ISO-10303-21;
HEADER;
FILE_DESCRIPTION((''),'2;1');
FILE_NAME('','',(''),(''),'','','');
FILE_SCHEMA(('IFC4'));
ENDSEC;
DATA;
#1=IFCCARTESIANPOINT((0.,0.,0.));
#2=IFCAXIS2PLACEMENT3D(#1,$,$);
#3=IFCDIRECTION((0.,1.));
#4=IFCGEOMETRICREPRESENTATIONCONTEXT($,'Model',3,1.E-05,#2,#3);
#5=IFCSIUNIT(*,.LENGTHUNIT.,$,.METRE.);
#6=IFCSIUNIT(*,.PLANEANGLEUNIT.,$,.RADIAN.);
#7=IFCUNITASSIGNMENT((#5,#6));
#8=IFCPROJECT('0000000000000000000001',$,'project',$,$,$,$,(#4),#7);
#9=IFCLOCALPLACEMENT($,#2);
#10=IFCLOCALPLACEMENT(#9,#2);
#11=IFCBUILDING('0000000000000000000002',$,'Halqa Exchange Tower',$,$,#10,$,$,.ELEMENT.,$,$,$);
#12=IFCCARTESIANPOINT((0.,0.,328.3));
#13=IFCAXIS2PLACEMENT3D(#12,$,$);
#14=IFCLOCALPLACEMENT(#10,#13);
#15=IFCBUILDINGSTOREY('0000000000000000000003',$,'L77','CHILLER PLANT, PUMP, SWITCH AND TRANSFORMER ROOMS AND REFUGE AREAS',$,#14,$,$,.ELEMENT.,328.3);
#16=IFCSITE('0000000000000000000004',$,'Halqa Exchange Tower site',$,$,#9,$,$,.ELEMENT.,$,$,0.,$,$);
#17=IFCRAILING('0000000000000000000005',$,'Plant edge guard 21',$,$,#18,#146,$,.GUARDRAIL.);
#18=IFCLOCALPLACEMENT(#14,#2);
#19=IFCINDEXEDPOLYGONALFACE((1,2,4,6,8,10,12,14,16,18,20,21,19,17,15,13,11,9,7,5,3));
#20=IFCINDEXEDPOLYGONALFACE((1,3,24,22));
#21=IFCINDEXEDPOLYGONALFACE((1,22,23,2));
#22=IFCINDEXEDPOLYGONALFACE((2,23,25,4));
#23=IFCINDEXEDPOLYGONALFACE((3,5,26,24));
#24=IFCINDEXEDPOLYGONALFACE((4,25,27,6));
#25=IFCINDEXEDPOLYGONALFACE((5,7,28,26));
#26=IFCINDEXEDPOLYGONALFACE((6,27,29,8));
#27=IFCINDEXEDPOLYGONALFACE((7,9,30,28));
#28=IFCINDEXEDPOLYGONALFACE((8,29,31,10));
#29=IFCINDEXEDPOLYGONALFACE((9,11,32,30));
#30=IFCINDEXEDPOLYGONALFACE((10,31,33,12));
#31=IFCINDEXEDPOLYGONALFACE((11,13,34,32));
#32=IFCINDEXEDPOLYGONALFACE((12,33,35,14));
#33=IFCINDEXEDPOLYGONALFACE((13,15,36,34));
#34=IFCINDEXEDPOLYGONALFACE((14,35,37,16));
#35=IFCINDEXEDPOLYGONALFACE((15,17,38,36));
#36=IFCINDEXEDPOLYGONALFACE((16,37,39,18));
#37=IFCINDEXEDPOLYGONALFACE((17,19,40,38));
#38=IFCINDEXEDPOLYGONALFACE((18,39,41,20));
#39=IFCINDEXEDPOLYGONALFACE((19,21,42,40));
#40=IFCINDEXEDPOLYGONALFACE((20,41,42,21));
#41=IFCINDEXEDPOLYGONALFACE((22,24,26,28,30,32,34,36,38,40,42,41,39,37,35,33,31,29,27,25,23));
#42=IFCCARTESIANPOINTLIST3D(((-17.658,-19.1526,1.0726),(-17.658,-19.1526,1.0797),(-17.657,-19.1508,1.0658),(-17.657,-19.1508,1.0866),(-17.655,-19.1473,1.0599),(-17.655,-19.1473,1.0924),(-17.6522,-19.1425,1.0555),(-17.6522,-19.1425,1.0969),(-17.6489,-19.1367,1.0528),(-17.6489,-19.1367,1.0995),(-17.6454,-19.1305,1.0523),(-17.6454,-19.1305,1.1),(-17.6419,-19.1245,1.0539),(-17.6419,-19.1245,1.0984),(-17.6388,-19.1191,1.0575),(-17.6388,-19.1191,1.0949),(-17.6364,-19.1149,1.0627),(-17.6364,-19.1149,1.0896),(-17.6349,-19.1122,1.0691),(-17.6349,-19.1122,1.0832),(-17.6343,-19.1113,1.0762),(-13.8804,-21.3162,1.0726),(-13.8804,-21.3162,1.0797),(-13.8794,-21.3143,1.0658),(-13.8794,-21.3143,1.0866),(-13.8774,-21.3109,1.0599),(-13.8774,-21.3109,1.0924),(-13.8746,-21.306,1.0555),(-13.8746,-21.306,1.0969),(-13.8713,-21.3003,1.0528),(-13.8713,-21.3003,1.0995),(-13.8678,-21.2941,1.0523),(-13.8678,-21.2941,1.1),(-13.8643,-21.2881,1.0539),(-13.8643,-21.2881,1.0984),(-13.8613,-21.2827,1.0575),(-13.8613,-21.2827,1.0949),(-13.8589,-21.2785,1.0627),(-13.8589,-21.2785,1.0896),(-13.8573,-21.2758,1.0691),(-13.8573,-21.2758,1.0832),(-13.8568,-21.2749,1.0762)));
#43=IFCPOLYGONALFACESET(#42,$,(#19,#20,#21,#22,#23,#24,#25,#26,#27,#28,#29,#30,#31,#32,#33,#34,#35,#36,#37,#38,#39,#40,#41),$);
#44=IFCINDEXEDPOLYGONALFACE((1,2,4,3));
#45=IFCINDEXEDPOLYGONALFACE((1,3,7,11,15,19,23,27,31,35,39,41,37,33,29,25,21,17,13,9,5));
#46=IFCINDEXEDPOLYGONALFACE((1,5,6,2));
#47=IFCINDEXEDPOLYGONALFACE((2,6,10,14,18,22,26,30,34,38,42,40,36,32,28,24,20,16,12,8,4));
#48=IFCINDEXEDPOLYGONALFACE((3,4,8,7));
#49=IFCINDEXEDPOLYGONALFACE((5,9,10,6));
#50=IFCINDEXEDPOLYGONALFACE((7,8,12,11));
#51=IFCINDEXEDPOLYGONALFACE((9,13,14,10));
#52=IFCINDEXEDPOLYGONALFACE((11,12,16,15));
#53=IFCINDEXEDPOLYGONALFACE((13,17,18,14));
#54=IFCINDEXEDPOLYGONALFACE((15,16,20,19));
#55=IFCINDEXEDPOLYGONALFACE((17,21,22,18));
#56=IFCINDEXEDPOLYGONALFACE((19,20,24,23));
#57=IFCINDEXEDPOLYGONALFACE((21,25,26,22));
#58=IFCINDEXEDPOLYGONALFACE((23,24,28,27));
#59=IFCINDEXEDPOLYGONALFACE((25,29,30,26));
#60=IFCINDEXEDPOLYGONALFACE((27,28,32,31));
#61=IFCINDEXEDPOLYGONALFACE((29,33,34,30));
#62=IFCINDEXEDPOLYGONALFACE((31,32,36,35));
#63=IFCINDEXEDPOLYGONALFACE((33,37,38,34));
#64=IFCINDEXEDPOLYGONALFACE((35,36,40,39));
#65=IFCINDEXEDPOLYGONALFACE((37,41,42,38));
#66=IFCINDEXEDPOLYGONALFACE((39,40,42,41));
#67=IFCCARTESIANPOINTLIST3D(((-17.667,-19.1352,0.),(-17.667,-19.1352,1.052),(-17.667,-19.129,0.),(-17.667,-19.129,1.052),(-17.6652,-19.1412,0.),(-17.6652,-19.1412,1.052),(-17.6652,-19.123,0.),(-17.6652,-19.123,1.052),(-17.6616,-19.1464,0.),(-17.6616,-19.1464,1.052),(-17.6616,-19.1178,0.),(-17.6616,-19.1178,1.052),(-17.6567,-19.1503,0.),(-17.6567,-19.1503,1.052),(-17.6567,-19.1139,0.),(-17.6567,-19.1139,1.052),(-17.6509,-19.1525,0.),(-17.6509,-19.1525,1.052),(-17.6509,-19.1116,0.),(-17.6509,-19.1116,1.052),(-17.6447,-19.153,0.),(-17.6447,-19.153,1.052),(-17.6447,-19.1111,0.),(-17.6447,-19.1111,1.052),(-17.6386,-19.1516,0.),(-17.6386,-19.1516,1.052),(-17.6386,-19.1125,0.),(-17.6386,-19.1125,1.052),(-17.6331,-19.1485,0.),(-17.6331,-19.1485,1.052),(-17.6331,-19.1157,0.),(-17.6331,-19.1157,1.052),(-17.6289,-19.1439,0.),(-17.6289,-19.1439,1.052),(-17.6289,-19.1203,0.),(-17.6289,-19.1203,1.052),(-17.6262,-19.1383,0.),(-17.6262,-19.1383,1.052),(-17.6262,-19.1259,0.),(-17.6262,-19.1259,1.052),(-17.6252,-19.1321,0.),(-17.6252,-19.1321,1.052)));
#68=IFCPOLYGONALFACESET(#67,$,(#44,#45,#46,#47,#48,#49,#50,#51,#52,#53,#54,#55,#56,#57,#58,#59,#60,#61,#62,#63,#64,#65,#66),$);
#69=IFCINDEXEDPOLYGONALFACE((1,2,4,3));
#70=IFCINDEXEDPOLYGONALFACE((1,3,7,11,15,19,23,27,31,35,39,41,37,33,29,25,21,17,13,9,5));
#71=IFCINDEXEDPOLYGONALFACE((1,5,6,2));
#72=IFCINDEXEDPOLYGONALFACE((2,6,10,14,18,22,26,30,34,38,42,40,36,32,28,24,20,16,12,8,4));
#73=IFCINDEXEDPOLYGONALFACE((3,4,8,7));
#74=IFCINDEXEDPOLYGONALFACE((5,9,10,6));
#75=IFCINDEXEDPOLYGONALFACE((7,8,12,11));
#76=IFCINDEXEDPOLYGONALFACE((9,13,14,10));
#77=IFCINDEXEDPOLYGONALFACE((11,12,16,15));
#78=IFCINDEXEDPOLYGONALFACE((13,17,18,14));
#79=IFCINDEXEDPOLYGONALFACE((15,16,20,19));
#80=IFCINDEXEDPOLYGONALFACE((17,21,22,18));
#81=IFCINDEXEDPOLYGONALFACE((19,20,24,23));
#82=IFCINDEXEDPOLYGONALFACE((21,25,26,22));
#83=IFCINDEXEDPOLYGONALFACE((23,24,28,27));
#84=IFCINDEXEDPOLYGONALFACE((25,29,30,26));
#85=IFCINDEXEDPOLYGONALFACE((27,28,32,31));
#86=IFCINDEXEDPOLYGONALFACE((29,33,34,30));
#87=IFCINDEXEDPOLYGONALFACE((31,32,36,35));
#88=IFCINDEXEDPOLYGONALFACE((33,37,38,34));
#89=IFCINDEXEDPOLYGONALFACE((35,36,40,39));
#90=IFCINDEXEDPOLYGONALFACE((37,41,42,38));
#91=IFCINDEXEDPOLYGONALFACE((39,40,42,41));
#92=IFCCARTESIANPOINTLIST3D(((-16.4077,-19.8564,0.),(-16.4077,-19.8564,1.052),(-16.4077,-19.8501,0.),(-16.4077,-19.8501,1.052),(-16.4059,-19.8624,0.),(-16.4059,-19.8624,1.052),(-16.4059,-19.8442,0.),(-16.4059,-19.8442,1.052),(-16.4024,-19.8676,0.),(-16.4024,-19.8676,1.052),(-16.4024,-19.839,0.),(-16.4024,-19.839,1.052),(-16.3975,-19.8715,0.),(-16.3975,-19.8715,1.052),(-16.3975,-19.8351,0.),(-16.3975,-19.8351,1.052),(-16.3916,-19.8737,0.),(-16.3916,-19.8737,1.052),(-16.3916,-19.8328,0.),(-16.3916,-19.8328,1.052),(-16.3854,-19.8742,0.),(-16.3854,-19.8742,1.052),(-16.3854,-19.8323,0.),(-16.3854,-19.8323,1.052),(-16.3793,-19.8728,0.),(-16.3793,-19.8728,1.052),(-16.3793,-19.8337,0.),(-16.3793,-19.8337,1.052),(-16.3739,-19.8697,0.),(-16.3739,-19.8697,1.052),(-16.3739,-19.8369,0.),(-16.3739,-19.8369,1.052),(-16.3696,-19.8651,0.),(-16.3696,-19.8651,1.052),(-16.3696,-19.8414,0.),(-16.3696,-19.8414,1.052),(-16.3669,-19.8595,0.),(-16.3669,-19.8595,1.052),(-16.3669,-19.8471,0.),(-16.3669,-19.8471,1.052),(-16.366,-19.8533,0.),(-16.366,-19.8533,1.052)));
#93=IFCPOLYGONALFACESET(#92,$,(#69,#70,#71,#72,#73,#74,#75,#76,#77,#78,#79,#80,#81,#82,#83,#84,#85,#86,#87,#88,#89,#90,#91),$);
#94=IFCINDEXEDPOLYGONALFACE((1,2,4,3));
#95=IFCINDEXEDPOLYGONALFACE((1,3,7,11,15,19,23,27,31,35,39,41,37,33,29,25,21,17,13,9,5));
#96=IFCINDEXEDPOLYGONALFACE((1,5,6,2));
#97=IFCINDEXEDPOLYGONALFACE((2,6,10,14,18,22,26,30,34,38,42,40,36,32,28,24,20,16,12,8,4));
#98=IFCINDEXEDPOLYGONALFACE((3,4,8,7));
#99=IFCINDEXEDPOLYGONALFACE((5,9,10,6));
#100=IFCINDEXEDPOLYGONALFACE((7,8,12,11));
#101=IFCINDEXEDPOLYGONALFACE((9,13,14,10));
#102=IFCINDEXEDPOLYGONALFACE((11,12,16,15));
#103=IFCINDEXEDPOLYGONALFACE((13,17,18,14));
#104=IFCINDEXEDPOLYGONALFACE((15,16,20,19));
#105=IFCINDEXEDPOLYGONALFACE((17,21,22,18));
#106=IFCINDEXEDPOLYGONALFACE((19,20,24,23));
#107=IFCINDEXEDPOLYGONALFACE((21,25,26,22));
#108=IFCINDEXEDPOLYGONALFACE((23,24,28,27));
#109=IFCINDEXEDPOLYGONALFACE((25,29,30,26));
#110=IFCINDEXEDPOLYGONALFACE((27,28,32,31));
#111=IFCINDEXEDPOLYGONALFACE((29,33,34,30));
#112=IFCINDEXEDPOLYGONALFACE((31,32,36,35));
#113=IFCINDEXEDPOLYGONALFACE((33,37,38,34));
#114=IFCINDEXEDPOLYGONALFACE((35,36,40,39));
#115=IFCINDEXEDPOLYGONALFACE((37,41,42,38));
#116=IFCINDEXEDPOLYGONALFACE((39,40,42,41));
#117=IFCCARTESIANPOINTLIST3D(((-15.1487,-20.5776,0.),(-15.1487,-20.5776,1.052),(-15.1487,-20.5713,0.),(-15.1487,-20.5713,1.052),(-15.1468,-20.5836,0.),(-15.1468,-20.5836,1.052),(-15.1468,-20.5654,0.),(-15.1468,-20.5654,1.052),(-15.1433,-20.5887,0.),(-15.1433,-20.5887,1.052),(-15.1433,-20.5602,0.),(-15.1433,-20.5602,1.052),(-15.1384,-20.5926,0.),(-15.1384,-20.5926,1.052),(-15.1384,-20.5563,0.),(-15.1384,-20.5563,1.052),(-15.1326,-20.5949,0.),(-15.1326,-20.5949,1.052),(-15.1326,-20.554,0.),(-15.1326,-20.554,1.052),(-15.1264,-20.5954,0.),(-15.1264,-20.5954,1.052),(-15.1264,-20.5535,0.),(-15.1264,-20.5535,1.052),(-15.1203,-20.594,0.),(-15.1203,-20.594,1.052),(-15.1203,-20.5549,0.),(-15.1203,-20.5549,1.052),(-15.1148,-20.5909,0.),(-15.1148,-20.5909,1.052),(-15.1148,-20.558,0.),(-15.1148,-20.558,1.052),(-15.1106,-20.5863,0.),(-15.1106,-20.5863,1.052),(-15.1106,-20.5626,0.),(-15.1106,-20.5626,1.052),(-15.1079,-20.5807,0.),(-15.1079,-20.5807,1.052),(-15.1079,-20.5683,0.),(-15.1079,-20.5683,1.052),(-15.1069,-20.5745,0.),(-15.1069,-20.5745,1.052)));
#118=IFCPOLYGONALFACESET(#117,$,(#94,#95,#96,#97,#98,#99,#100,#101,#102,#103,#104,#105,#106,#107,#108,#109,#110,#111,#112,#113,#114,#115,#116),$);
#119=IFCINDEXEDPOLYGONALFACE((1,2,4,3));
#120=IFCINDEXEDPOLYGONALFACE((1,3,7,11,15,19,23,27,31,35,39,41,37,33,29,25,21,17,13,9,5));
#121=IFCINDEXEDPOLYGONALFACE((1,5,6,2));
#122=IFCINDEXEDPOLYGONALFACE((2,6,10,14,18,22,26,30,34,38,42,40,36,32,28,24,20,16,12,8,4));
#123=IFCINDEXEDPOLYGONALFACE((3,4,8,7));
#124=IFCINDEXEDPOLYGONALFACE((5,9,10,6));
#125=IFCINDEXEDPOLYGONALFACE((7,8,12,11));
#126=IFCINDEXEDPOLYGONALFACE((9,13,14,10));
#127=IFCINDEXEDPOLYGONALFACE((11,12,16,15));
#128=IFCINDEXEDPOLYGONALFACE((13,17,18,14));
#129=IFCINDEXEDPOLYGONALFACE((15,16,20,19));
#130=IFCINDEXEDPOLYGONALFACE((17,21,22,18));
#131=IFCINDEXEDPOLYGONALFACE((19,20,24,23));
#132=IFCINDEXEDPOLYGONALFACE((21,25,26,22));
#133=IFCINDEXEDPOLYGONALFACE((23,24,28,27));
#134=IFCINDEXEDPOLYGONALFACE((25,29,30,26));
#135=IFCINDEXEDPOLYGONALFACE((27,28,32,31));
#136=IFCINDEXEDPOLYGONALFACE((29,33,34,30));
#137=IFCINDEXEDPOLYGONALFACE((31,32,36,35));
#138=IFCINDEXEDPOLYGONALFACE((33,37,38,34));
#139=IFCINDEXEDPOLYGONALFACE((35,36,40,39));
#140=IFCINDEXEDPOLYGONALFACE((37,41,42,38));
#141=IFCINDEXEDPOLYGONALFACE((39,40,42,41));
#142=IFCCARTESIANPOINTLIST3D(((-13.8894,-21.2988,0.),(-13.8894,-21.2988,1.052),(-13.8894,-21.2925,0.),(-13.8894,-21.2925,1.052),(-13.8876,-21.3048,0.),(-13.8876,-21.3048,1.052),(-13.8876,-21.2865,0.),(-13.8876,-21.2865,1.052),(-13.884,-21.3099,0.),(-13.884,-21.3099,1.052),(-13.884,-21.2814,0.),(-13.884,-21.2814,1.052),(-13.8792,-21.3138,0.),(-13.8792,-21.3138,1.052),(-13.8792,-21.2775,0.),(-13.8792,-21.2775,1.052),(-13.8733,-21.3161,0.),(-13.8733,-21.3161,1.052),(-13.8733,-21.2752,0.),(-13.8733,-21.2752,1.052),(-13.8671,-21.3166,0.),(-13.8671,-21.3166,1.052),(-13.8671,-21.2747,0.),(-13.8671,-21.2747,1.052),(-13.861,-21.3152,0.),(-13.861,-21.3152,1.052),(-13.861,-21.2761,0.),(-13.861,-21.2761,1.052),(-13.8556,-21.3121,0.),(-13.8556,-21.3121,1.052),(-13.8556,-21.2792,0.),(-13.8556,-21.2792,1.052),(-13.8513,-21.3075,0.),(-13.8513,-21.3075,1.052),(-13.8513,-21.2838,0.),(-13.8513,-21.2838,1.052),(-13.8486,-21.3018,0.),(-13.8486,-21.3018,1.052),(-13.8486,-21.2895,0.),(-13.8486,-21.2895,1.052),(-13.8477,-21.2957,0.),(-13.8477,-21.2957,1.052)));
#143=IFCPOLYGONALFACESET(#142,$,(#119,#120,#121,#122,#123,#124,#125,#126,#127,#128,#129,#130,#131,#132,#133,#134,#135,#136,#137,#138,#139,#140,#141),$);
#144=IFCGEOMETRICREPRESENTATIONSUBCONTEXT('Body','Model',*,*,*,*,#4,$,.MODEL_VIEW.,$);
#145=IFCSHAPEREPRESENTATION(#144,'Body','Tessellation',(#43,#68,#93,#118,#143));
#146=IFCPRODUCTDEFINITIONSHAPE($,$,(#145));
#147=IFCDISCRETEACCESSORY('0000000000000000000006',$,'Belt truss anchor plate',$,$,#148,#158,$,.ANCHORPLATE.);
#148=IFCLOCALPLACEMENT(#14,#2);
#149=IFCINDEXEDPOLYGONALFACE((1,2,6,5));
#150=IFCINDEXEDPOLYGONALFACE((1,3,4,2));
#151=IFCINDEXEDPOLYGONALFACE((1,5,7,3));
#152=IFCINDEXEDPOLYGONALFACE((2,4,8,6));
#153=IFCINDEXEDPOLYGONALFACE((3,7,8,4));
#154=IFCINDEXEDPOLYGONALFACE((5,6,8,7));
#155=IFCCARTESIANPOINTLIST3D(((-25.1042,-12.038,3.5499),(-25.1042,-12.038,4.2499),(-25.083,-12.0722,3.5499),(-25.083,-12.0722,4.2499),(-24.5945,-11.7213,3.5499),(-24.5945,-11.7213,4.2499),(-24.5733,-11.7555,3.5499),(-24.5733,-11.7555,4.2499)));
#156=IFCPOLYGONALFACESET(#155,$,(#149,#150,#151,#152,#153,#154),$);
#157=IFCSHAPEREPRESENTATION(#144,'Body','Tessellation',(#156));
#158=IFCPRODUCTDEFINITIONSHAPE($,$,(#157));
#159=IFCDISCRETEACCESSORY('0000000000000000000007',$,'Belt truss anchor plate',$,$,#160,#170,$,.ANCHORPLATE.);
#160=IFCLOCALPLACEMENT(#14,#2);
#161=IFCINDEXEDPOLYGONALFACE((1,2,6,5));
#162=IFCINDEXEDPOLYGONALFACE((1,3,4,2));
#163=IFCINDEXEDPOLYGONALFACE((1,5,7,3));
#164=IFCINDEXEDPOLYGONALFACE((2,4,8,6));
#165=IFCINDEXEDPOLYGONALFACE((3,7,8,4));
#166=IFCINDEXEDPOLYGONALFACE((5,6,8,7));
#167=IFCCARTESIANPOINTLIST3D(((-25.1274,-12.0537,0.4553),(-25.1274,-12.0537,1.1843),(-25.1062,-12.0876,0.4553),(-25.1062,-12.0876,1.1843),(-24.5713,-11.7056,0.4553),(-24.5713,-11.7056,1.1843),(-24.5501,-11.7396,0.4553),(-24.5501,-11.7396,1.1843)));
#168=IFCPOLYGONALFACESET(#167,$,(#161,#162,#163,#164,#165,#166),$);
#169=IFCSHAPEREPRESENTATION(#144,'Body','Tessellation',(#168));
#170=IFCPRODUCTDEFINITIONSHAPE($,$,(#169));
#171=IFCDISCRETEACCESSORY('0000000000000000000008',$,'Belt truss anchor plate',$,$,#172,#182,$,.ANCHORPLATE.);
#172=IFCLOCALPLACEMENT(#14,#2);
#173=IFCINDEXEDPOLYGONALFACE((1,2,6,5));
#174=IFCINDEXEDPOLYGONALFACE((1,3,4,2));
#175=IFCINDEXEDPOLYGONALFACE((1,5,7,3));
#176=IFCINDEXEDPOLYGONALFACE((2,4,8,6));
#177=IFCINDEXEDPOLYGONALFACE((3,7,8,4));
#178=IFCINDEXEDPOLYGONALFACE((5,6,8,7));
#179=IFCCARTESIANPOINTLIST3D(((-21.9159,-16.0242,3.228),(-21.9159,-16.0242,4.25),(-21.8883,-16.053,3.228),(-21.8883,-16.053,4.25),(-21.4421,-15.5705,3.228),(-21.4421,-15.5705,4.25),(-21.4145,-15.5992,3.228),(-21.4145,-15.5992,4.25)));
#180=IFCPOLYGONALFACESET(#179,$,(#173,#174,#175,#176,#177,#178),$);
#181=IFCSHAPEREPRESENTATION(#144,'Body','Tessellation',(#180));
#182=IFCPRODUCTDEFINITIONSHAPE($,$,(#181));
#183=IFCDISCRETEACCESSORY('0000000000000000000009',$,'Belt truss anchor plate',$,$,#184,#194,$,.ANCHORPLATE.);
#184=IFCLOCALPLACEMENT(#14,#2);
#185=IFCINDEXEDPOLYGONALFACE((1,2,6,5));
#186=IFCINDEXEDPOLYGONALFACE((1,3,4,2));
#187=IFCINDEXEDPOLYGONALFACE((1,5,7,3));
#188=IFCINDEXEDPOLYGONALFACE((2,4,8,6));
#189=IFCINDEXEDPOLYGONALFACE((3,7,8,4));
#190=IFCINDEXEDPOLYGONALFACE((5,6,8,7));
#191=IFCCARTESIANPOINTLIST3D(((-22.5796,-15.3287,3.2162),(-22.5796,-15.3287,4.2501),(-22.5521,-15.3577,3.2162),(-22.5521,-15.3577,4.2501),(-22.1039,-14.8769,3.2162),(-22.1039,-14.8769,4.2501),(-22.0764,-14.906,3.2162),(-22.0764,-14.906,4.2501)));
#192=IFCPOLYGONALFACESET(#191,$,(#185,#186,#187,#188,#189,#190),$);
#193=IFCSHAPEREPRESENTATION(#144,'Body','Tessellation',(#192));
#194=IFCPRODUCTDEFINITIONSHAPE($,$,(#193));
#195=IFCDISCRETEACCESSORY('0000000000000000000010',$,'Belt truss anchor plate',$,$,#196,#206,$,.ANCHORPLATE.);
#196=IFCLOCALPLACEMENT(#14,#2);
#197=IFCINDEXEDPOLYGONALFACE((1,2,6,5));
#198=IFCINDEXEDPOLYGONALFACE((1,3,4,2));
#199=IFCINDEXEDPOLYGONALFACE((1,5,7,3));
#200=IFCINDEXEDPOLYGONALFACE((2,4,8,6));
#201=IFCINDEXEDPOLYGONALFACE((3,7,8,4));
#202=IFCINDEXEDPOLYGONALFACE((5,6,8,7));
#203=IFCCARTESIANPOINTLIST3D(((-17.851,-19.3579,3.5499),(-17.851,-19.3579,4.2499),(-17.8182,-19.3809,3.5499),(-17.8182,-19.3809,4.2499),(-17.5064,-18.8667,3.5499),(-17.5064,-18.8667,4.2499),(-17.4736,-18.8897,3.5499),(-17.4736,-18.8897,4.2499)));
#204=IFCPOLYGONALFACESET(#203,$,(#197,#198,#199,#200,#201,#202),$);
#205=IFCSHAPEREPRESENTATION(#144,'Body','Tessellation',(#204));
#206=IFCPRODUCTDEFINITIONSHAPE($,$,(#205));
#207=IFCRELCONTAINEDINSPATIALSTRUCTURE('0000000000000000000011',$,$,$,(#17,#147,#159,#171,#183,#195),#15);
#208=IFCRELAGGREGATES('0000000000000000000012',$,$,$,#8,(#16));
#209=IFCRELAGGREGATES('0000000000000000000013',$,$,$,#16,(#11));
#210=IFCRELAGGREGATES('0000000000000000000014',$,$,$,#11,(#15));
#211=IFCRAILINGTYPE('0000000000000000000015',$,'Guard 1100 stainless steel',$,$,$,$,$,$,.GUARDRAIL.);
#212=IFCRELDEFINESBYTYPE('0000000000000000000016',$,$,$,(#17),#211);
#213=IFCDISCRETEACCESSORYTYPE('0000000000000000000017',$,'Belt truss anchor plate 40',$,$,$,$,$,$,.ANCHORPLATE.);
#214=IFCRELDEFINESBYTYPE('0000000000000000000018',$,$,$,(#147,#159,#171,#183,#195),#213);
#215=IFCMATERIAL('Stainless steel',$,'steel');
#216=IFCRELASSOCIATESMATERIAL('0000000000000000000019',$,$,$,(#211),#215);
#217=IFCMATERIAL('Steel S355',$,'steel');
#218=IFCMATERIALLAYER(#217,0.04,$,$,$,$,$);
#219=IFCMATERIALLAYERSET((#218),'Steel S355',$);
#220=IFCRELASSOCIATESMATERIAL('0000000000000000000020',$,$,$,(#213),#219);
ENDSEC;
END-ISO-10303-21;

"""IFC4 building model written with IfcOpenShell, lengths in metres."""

from ifc_helpers import new_model, si_unit, direction, frame, origin, origin_2d, place, context, subcontext, project, spatial, rectangle, circle, extrude, material, layer, layer_set, type_object, element, save


model = new_model("IFC4")

# Units and contexts
model_context = context("Model", 3, precision=1e-05, world=origin(), true_north=direction((0.0, 1.0)))
body_context = subcontext(model_context, "Body", "Model", "MODEL_VIEW")
ifc_project = project(units=[si_unit("LENGTHUNIT", "METRE"), si_unit("PLANEANGLEUNIT", "RADIAN")], contexts=[model_context])

# Site, building, storey
site_placement = place(None, origin())
site = spatial("IfcSite", under=ifc_project, at=site_placement, Name="Halqa Exchange Tower site", CompositionType="ELEMENT", RefElevation=0.0)
building_placement = place(site_placement, origin())
building = spatial("IfcBuilding", under=site, at=building_placement, Name="Halqa Exchange Tower", CompositionType="ELEMENT")
storey_placement = place(building_placement, frame((0.0, 0.0, 328.3)))
storey = spatial("IfcBuildingStorey", under=building, at=storey_placement, Name="L77", Description="CHILLER PLANT, PUMP, SWITCH AND TRANSFORMER ROOMS AND REFUGE AREAS", CompositionType="ELEMENT", Elevation=328.3)

# Shared definitions
ifc_material_1 = material(Name="Steel S355", Category="steel")

# Railing
ifc_material_2 = material(Name="Stainless steel", Category="steel")
railing_type = type_object("IfcRailingType", Name="Guard 1100 stainless steel", PredefinedType="GUARDRAIL", material=ifc_material_2)
railing_1_placement = place(storey_placement, frame((-17.6462, -19.1321, 0.0)))
element("IfcRailing", 1, at=railing_1_placement, inside=storey, type_object=railing_type, Name="Plant edge guard 21", PredefinedType="GUARDRAIL", context=body_context, shape_type="SweptSolid", body=[
    extrude(circle(Radius=0.0239, at=origin_2d()), frame((0.0, 0.0, 1.0762), z_axis=(0.867753, -0.496996, 0.0), x_axis=(0.496996, 0.867753, 0.0)), (0.0, 0.0, 1.0), 4.3533),
    extrude(circle(Radius=0.021, at=origin_2d()), origin(), (0.0, 0.0, 1.0), 1.052),
    extrude(circle(Radius=0.021, at=origin_2d()), frame((1.2593, -0.7212, 0.0)), (0.0, 0.0, 1.0), 1.052),
    extrude(circle(Radius=0.021, at=origin_2d()), frame((2.5183, -1.4424, 0.0)), (0.0, 0.0, 1.0), 1.052),
    extrude(circle(Radius=0.021, at=origin_2d()), frame((3.7776, -2.1636, 0.0)), (0.0, 0.0, 1.0), 1.052),
])

# Discrete accessories
ifc_layer_1 = layer(ifc_material_1, 0.04)
ifc_layer_set_1 = layer_set([ifc_layer_1], Name="Steel S355")
discrete_accessory_type = type_object("IfcDiscreteAccessoryType", Name="Belt truss anchor plate 40", PredefinedType="ANCHORPLATE", material=ifc_layer_set_1)
discrete_accessory_1_placement = place(storey_placement, frame((-24.8494, -11.8796, 3.8999), z_axis=(0.527816, -0.849359, 0.0), x_axis=(0.849359, 0.527816, 0.0)))
element("IfcDiscreteAccessory", 2, at=discrete_accessory_1_placement, inside=storey, type_object=discrete_accessory_type, Name="Belt truss anchor plate", PredefinedType="ANCHORPLATE", context=body_context, shape_type="SweptSolid", body=[
    extrude(rectangle(XDim=0.6001, YDim=0.7, at=origin_2d()), origin(), (0.0, 0.0, 1.0), 0.0403),
])
discrete_accessory_2_placement = place(storey_placement, frame((-24.8494, -11.8796, 0.8198), z_axis=(0.530547, -0.847656, 0.0), x_axis=(0.847656, 0.530547, 0.0)))
element("IfcDiscreteAccessory", 3, at=discrete_accessory_2_placement, inside=storey, type_object=discrete_accessory_type, Name="Belt truss anchor plate", PredefinedType="ANCHORPLATE", context=body_context, shape_type="SweptSolid", body=[
    extrude(rectangle(XDim=0.656, YDim=0.729, at=origin_2d()), origin(), (0.0, 0.0, 1.0), 0.04),
])
discrete_accessory_3_placement = place(storey_placement, frame((-21.679, -15.7974, 3.739), z_axis=(0.691639, -0.722243, 0.0), x_axis=(0.722243, 0.691639, 0.0)))
element("IfcDiscreteAccessory", 4, at=discrete_accessory_3_placement, inside=storey, type_object=discrete_accessory_type, Name="Belt truss anchor plate", PredefinedType="ANCHORPLATE", context=body_context, shape_type="SweptSolid", body=[
    extrude(rectangle(XDim=0.656, YDim=1.022, at=origin_2d()), origin(), (0.0, 0.0, 1.0), 0.0398),
])
discrete_accessory_4_placement = place(storey_placement, frame((-22.3142, -15.1318, 3.7332), z_axis=(-0.688589, 0.725152, 0.0), x_axis=(-0.725152, -0.688589, 0.0)))
element("IfcDiscreteAccessory", 5, at=discrete_accessory_4_placement, inside=storey, type_object=discrete_accessory_type, Name="Belt truss anchor plate", PredefinedType="ANCHORPLATE", context=body_context, shape_type="SweptSolid", body=[
    extrude(rectangle(XDim=0.656, YDim=1.0339, at=origin_2d()), origin(), (0.0, 0.0, 1.0), 0.04),
])
for number, where, z_axis, x_axis, name in (
    (6, (-17.6787, -19.1123, 3.8999), (0.818657, -0.574282, 0.0), (0.574282, 0.818657, 0.0), "Belt truss anchor plate"),
):
    element("IfcDiscreteAccessory", number, at=place(storey_placement, frame(where, z_axis=z_axis, x_axis=x_axis)), inside=storey, type_object=discrete_accessory_type, Name=name, PredefinedType="ANCHORPLATE", context=body_context, shape_type="SweptSolid", body=[
        extrude(rectangle(XDim=0.6001, YDim=0.7, at=origin_2d()), origin(), (0.0, 0.0, 1.0), 0.04),
    ])

save(model, "model.ifc")
